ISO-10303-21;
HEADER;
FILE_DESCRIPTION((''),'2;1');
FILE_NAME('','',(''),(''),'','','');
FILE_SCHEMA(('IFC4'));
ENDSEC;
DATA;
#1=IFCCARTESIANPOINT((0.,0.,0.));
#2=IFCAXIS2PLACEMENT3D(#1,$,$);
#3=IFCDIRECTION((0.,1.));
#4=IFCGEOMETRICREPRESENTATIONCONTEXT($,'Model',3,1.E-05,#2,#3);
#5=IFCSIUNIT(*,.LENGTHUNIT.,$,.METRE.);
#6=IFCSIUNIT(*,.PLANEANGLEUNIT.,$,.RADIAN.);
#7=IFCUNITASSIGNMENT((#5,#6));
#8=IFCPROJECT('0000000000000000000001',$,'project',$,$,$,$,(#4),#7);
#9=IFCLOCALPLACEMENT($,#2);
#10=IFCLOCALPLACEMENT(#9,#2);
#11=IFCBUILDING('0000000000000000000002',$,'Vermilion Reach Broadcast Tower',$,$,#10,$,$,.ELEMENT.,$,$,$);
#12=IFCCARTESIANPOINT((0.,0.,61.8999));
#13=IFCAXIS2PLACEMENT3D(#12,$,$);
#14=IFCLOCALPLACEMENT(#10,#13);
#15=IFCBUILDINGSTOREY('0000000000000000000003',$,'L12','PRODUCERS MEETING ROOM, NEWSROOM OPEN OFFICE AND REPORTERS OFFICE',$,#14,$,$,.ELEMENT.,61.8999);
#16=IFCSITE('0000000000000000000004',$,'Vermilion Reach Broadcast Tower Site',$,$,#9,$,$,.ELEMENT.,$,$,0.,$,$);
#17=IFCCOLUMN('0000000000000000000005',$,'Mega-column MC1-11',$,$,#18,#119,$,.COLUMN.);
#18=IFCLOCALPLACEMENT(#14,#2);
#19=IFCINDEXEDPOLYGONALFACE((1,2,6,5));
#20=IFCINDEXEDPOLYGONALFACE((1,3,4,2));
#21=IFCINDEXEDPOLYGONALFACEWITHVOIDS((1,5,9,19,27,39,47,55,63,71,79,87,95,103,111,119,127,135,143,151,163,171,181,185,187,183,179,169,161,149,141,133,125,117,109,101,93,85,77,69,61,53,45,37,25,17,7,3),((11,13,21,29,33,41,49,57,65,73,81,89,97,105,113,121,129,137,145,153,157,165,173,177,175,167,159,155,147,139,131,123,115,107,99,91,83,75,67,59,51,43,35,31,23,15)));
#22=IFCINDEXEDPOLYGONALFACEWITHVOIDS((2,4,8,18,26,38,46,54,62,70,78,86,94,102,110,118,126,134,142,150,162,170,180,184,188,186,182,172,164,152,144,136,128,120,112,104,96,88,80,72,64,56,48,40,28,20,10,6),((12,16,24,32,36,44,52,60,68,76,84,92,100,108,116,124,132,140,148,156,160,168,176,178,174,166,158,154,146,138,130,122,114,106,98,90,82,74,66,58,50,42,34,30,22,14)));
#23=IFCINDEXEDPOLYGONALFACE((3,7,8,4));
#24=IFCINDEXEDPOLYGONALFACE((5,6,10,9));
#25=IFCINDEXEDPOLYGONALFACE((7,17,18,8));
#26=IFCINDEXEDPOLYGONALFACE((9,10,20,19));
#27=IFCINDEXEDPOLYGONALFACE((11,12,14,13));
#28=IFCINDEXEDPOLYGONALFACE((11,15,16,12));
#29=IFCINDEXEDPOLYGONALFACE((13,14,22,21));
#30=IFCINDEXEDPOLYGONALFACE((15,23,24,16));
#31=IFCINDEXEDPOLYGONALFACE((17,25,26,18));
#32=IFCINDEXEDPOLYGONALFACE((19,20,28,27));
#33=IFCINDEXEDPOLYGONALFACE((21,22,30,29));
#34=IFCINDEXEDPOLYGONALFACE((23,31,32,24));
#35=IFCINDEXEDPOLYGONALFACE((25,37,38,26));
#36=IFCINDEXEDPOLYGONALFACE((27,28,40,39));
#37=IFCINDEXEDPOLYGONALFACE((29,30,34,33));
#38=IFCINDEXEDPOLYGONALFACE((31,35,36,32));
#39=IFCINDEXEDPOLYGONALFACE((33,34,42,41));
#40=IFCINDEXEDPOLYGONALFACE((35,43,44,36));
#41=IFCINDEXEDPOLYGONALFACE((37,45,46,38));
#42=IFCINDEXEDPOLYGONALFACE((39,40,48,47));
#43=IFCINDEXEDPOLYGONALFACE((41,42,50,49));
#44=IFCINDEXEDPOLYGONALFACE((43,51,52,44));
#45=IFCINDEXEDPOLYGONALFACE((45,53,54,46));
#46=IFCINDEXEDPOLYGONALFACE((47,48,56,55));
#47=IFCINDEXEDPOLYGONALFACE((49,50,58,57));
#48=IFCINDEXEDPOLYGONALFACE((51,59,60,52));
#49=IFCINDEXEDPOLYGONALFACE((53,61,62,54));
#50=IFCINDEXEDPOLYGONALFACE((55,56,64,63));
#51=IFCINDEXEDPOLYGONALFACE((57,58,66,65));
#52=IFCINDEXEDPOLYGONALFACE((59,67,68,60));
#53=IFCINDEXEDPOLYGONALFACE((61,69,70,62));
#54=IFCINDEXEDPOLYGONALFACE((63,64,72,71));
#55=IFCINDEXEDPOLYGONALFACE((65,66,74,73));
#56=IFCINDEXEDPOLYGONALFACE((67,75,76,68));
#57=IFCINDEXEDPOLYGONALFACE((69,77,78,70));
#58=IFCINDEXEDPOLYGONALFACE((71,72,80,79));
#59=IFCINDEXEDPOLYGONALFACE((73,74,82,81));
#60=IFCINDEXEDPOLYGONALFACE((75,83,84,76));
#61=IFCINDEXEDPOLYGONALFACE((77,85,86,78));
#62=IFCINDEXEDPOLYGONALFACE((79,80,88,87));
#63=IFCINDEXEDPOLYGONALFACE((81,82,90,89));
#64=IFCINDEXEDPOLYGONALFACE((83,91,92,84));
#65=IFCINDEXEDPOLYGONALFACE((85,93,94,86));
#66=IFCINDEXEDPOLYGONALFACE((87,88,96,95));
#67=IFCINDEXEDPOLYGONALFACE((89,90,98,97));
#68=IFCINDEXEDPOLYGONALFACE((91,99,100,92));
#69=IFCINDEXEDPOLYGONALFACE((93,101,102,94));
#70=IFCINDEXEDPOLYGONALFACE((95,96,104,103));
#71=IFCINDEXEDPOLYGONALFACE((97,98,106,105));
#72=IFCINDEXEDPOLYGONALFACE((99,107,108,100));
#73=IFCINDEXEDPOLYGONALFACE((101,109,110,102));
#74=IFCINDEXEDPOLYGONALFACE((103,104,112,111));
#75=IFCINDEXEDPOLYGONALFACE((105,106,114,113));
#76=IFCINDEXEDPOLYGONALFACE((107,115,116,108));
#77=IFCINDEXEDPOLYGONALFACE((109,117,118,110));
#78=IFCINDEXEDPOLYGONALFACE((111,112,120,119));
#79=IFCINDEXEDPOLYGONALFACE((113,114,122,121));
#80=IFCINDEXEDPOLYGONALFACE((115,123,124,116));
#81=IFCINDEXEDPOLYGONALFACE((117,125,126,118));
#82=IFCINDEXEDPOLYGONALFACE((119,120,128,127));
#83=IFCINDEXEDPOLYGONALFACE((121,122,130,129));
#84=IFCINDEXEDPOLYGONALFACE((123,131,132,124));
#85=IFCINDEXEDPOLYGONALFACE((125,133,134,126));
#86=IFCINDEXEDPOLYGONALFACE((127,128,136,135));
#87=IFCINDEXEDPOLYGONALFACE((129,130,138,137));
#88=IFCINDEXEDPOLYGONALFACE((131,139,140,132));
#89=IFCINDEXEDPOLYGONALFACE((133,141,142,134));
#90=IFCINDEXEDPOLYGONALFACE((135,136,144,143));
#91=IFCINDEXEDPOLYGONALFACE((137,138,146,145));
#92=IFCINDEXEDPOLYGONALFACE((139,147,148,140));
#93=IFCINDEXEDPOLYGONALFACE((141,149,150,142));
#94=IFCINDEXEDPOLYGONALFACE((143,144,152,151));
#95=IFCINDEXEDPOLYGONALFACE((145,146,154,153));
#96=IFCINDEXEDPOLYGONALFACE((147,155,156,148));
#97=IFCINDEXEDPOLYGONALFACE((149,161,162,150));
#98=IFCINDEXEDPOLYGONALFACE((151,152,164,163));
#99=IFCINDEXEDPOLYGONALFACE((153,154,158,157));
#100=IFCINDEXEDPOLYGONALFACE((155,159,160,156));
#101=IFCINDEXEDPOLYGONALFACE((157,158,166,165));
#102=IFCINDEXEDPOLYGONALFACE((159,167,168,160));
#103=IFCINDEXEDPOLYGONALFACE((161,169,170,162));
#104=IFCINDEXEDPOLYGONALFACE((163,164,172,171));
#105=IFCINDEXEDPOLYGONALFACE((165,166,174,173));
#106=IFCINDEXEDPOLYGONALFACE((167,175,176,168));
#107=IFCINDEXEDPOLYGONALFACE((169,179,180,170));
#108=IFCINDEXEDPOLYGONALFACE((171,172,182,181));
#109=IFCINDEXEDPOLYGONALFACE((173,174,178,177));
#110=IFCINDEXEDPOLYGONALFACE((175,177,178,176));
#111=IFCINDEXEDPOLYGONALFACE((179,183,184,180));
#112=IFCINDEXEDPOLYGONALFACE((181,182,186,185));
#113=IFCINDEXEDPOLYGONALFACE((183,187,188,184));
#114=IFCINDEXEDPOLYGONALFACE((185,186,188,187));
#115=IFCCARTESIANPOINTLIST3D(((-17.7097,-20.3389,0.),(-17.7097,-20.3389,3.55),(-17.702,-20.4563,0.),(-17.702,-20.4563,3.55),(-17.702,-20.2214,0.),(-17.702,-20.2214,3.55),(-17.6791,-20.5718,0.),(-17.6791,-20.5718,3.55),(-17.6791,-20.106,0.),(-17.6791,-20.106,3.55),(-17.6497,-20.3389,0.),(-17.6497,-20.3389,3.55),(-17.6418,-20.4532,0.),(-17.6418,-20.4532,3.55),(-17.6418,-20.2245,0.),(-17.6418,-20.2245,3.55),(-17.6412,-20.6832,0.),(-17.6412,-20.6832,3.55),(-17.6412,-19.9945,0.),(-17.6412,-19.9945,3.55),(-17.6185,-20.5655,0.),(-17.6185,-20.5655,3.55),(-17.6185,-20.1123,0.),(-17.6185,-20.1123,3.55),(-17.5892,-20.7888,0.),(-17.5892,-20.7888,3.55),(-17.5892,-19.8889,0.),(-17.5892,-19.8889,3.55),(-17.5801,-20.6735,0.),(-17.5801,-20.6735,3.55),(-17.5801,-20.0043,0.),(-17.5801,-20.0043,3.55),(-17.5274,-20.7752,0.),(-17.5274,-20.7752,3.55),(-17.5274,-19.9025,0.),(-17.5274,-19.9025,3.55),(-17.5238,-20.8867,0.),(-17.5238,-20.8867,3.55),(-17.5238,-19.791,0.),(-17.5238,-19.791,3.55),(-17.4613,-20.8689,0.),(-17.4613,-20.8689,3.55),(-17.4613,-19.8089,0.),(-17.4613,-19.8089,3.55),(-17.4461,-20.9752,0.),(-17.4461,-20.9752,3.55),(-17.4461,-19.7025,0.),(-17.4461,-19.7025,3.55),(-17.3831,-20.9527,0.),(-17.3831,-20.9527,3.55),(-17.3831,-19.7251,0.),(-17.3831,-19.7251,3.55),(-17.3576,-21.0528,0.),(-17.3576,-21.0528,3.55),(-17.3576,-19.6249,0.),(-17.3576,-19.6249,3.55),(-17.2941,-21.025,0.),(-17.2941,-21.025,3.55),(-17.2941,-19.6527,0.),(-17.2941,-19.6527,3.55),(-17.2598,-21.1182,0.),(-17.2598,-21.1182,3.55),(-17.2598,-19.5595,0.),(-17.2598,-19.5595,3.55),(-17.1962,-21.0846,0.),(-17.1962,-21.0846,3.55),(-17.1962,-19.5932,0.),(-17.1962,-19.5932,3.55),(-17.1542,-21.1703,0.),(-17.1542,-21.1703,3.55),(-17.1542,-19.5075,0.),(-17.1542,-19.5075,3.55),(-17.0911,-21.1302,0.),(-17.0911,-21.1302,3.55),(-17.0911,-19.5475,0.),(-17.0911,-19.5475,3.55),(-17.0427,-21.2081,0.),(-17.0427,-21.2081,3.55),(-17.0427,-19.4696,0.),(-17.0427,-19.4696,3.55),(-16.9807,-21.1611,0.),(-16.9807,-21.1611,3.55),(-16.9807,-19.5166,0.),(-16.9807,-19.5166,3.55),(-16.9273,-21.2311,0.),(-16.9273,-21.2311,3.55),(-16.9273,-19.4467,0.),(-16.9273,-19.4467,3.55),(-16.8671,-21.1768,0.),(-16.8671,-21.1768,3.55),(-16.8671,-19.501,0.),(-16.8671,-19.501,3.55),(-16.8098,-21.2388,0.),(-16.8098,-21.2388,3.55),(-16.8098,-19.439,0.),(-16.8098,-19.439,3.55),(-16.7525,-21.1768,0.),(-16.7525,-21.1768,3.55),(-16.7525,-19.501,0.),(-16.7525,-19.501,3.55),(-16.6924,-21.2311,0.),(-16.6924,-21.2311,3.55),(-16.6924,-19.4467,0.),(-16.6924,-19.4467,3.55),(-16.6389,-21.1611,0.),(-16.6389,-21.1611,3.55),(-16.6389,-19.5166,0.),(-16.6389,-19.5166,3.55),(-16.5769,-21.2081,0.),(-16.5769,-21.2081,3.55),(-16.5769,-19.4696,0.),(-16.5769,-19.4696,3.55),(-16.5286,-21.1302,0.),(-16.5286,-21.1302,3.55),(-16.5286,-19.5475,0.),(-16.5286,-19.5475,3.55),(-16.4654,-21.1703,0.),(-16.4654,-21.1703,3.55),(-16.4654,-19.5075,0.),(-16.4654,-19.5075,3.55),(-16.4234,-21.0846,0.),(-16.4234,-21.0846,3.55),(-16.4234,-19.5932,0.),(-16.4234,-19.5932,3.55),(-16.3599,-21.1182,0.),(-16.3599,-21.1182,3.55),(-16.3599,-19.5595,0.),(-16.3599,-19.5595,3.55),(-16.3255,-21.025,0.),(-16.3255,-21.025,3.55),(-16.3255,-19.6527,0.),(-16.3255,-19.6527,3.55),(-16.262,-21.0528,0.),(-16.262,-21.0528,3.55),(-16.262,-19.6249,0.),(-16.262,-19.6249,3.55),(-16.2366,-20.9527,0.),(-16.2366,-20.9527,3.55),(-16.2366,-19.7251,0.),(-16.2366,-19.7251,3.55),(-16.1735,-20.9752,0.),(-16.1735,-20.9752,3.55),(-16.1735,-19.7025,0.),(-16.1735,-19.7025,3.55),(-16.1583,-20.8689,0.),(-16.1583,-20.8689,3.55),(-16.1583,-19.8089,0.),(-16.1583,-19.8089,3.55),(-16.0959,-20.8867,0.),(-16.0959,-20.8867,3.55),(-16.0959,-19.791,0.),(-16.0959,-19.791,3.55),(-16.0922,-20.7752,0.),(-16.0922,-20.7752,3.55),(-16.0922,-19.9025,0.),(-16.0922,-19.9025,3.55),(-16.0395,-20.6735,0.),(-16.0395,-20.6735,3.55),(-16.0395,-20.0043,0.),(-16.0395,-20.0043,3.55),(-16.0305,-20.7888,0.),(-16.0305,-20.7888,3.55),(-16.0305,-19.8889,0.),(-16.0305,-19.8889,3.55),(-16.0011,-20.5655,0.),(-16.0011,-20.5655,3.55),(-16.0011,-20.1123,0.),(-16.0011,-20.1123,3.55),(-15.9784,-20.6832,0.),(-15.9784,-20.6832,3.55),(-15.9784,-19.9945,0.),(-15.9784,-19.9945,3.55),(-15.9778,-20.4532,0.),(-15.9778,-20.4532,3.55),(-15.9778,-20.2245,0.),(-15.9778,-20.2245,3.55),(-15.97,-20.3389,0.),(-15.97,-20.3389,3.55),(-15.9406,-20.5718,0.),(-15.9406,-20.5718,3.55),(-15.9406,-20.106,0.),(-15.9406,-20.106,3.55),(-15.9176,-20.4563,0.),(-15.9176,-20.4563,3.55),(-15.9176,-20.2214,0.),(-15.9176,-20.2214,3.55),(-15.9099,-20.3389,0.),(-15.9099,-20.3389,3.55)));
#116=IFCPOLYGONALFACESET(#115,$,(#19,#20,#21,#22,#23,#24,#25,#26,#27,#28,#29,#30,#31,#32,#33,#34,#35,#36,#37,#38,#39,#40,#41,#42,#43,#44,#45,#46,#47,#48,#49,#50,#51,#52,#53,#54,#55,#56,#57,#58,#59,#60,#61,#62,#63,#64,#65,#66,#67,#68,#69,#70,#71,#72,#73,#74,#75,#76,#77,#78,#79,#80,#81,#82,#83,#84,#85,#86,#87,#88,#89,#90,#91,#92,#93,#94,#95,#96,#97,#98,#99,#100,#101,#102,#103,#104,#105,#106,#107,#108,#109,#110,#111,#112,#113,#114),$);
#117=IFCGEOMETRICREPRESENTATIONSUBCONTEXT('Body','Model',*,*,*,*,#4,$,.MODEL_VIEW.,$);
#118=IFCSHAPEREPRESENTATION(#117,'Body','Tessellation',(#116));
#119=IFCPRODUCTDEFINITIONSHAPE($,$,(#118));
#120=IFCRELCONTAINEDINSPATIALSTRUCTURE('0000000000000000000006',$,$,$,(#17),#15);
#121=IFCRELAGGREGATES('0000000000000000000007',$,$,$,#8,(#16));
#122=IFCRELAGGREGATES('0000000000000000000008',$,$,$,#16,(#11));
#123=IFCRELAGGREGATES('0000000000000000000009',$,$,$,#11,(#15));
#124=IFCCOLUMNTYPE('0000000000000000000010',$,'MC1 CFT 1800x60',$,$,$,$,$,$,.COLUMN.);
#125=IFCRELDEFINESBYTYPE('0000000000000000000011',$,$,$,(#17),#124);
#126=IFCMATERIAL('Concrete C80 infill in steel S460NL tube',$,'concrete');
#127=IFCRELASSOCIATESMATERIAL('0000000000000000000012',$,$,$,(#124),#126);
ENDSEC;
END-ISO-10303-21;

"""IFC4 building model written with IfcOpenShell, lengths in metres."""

from ifc_helpers import new_model, si_unit, direction, frame, origin, origin_2d, place, context, subcontext, project, spatial, hollow_circle, extrude, material, material_profile, profile_set, type_object, element, save


model = new_model("IFC4")

# Units and contexts
model_context = context("Model", 3, precision=1e-05, world=origin(), true_north=direction((0.0, 1.0)))
body_context = subcontext(model_context, "Body", "Model", "MODEL_VIEW")
ifc_project = project(units=[si_unit("LENGTHUNIT", "METRE"), si_unit("PLANEANGLEUNIT", "RADIAN")], contexts=[model_context])

# Site, building, storey
site_placement = place(None, origin())
site = spatial("IfcSite", under=ifc_project, at=site_placement, Name="Vermilion Reach Broadcast Tower Site", CompositionType="ELEMENT", RefElevation=0.0)
building_placement = place(site_placement, origin())
building = spatial("IfcBuilding", under=site, at=building_placement, Name="Vermilion Reach Broadcast Tower", CompositionType="ELEMENT")
storey_placement = place(building_placement, frame((0.0, 0.0, 61.8999)))
storey = spatial("IfcBuildingStorey", under=building, at=storey_placement, Name="L12", Description="PRODUCERS MEETING ROOM, NEWSROOM OPEN OFFICE AND REPORTERS OFFICE", CompositionType="ELEMENT", Elevation=61.8999)

# Column
ifc_material_1 = material(Name="Concrete C80 infill in steel S460NL tube", Category="concrete")
ifc_material_profile_1 = material_profile(ifc_material_1, hollow_circle(Radius=0.8999, WallThickness=0.0601, at=origin_2d()), Name="Concrete C80 infill in steel S460NL tube CFT 1800x60")
ifc_profile_set_1 = profile_set([ifc_material_profile_1], Name="Concrete C80 infill in steel S460NL tube")
column_type = type_object("IfcColumnType", Name="MC1 CFT 1800x60", PredefinedType="COLUMN", material=ifc_profile_set_1)
for number, where, z_axis, x_axis, name in (
    (1, (-16.8098, -20.3389, 0.0), (0.0, 0.0, 1.0), (1.0, 0.0, 0.0), "Mega-column MC1-11"),
):
    element("IfcColumn", number, at=place(storey_placement, frame(where, z_axis=z_axis, x_axis=x_axis)), inside=storey, type_object=column_type, Name=name, PredefinedType="COLUMN", context=body_context, shape_type="SweptSolid", body=[
        extrude(hollow_circle(Radius=0.8999, WallThickness=0.0601, at=origin_2d()), origin(), (0.0, 0.0, 1.0), 3.55),
    ])

save(model, "model.ifc")
